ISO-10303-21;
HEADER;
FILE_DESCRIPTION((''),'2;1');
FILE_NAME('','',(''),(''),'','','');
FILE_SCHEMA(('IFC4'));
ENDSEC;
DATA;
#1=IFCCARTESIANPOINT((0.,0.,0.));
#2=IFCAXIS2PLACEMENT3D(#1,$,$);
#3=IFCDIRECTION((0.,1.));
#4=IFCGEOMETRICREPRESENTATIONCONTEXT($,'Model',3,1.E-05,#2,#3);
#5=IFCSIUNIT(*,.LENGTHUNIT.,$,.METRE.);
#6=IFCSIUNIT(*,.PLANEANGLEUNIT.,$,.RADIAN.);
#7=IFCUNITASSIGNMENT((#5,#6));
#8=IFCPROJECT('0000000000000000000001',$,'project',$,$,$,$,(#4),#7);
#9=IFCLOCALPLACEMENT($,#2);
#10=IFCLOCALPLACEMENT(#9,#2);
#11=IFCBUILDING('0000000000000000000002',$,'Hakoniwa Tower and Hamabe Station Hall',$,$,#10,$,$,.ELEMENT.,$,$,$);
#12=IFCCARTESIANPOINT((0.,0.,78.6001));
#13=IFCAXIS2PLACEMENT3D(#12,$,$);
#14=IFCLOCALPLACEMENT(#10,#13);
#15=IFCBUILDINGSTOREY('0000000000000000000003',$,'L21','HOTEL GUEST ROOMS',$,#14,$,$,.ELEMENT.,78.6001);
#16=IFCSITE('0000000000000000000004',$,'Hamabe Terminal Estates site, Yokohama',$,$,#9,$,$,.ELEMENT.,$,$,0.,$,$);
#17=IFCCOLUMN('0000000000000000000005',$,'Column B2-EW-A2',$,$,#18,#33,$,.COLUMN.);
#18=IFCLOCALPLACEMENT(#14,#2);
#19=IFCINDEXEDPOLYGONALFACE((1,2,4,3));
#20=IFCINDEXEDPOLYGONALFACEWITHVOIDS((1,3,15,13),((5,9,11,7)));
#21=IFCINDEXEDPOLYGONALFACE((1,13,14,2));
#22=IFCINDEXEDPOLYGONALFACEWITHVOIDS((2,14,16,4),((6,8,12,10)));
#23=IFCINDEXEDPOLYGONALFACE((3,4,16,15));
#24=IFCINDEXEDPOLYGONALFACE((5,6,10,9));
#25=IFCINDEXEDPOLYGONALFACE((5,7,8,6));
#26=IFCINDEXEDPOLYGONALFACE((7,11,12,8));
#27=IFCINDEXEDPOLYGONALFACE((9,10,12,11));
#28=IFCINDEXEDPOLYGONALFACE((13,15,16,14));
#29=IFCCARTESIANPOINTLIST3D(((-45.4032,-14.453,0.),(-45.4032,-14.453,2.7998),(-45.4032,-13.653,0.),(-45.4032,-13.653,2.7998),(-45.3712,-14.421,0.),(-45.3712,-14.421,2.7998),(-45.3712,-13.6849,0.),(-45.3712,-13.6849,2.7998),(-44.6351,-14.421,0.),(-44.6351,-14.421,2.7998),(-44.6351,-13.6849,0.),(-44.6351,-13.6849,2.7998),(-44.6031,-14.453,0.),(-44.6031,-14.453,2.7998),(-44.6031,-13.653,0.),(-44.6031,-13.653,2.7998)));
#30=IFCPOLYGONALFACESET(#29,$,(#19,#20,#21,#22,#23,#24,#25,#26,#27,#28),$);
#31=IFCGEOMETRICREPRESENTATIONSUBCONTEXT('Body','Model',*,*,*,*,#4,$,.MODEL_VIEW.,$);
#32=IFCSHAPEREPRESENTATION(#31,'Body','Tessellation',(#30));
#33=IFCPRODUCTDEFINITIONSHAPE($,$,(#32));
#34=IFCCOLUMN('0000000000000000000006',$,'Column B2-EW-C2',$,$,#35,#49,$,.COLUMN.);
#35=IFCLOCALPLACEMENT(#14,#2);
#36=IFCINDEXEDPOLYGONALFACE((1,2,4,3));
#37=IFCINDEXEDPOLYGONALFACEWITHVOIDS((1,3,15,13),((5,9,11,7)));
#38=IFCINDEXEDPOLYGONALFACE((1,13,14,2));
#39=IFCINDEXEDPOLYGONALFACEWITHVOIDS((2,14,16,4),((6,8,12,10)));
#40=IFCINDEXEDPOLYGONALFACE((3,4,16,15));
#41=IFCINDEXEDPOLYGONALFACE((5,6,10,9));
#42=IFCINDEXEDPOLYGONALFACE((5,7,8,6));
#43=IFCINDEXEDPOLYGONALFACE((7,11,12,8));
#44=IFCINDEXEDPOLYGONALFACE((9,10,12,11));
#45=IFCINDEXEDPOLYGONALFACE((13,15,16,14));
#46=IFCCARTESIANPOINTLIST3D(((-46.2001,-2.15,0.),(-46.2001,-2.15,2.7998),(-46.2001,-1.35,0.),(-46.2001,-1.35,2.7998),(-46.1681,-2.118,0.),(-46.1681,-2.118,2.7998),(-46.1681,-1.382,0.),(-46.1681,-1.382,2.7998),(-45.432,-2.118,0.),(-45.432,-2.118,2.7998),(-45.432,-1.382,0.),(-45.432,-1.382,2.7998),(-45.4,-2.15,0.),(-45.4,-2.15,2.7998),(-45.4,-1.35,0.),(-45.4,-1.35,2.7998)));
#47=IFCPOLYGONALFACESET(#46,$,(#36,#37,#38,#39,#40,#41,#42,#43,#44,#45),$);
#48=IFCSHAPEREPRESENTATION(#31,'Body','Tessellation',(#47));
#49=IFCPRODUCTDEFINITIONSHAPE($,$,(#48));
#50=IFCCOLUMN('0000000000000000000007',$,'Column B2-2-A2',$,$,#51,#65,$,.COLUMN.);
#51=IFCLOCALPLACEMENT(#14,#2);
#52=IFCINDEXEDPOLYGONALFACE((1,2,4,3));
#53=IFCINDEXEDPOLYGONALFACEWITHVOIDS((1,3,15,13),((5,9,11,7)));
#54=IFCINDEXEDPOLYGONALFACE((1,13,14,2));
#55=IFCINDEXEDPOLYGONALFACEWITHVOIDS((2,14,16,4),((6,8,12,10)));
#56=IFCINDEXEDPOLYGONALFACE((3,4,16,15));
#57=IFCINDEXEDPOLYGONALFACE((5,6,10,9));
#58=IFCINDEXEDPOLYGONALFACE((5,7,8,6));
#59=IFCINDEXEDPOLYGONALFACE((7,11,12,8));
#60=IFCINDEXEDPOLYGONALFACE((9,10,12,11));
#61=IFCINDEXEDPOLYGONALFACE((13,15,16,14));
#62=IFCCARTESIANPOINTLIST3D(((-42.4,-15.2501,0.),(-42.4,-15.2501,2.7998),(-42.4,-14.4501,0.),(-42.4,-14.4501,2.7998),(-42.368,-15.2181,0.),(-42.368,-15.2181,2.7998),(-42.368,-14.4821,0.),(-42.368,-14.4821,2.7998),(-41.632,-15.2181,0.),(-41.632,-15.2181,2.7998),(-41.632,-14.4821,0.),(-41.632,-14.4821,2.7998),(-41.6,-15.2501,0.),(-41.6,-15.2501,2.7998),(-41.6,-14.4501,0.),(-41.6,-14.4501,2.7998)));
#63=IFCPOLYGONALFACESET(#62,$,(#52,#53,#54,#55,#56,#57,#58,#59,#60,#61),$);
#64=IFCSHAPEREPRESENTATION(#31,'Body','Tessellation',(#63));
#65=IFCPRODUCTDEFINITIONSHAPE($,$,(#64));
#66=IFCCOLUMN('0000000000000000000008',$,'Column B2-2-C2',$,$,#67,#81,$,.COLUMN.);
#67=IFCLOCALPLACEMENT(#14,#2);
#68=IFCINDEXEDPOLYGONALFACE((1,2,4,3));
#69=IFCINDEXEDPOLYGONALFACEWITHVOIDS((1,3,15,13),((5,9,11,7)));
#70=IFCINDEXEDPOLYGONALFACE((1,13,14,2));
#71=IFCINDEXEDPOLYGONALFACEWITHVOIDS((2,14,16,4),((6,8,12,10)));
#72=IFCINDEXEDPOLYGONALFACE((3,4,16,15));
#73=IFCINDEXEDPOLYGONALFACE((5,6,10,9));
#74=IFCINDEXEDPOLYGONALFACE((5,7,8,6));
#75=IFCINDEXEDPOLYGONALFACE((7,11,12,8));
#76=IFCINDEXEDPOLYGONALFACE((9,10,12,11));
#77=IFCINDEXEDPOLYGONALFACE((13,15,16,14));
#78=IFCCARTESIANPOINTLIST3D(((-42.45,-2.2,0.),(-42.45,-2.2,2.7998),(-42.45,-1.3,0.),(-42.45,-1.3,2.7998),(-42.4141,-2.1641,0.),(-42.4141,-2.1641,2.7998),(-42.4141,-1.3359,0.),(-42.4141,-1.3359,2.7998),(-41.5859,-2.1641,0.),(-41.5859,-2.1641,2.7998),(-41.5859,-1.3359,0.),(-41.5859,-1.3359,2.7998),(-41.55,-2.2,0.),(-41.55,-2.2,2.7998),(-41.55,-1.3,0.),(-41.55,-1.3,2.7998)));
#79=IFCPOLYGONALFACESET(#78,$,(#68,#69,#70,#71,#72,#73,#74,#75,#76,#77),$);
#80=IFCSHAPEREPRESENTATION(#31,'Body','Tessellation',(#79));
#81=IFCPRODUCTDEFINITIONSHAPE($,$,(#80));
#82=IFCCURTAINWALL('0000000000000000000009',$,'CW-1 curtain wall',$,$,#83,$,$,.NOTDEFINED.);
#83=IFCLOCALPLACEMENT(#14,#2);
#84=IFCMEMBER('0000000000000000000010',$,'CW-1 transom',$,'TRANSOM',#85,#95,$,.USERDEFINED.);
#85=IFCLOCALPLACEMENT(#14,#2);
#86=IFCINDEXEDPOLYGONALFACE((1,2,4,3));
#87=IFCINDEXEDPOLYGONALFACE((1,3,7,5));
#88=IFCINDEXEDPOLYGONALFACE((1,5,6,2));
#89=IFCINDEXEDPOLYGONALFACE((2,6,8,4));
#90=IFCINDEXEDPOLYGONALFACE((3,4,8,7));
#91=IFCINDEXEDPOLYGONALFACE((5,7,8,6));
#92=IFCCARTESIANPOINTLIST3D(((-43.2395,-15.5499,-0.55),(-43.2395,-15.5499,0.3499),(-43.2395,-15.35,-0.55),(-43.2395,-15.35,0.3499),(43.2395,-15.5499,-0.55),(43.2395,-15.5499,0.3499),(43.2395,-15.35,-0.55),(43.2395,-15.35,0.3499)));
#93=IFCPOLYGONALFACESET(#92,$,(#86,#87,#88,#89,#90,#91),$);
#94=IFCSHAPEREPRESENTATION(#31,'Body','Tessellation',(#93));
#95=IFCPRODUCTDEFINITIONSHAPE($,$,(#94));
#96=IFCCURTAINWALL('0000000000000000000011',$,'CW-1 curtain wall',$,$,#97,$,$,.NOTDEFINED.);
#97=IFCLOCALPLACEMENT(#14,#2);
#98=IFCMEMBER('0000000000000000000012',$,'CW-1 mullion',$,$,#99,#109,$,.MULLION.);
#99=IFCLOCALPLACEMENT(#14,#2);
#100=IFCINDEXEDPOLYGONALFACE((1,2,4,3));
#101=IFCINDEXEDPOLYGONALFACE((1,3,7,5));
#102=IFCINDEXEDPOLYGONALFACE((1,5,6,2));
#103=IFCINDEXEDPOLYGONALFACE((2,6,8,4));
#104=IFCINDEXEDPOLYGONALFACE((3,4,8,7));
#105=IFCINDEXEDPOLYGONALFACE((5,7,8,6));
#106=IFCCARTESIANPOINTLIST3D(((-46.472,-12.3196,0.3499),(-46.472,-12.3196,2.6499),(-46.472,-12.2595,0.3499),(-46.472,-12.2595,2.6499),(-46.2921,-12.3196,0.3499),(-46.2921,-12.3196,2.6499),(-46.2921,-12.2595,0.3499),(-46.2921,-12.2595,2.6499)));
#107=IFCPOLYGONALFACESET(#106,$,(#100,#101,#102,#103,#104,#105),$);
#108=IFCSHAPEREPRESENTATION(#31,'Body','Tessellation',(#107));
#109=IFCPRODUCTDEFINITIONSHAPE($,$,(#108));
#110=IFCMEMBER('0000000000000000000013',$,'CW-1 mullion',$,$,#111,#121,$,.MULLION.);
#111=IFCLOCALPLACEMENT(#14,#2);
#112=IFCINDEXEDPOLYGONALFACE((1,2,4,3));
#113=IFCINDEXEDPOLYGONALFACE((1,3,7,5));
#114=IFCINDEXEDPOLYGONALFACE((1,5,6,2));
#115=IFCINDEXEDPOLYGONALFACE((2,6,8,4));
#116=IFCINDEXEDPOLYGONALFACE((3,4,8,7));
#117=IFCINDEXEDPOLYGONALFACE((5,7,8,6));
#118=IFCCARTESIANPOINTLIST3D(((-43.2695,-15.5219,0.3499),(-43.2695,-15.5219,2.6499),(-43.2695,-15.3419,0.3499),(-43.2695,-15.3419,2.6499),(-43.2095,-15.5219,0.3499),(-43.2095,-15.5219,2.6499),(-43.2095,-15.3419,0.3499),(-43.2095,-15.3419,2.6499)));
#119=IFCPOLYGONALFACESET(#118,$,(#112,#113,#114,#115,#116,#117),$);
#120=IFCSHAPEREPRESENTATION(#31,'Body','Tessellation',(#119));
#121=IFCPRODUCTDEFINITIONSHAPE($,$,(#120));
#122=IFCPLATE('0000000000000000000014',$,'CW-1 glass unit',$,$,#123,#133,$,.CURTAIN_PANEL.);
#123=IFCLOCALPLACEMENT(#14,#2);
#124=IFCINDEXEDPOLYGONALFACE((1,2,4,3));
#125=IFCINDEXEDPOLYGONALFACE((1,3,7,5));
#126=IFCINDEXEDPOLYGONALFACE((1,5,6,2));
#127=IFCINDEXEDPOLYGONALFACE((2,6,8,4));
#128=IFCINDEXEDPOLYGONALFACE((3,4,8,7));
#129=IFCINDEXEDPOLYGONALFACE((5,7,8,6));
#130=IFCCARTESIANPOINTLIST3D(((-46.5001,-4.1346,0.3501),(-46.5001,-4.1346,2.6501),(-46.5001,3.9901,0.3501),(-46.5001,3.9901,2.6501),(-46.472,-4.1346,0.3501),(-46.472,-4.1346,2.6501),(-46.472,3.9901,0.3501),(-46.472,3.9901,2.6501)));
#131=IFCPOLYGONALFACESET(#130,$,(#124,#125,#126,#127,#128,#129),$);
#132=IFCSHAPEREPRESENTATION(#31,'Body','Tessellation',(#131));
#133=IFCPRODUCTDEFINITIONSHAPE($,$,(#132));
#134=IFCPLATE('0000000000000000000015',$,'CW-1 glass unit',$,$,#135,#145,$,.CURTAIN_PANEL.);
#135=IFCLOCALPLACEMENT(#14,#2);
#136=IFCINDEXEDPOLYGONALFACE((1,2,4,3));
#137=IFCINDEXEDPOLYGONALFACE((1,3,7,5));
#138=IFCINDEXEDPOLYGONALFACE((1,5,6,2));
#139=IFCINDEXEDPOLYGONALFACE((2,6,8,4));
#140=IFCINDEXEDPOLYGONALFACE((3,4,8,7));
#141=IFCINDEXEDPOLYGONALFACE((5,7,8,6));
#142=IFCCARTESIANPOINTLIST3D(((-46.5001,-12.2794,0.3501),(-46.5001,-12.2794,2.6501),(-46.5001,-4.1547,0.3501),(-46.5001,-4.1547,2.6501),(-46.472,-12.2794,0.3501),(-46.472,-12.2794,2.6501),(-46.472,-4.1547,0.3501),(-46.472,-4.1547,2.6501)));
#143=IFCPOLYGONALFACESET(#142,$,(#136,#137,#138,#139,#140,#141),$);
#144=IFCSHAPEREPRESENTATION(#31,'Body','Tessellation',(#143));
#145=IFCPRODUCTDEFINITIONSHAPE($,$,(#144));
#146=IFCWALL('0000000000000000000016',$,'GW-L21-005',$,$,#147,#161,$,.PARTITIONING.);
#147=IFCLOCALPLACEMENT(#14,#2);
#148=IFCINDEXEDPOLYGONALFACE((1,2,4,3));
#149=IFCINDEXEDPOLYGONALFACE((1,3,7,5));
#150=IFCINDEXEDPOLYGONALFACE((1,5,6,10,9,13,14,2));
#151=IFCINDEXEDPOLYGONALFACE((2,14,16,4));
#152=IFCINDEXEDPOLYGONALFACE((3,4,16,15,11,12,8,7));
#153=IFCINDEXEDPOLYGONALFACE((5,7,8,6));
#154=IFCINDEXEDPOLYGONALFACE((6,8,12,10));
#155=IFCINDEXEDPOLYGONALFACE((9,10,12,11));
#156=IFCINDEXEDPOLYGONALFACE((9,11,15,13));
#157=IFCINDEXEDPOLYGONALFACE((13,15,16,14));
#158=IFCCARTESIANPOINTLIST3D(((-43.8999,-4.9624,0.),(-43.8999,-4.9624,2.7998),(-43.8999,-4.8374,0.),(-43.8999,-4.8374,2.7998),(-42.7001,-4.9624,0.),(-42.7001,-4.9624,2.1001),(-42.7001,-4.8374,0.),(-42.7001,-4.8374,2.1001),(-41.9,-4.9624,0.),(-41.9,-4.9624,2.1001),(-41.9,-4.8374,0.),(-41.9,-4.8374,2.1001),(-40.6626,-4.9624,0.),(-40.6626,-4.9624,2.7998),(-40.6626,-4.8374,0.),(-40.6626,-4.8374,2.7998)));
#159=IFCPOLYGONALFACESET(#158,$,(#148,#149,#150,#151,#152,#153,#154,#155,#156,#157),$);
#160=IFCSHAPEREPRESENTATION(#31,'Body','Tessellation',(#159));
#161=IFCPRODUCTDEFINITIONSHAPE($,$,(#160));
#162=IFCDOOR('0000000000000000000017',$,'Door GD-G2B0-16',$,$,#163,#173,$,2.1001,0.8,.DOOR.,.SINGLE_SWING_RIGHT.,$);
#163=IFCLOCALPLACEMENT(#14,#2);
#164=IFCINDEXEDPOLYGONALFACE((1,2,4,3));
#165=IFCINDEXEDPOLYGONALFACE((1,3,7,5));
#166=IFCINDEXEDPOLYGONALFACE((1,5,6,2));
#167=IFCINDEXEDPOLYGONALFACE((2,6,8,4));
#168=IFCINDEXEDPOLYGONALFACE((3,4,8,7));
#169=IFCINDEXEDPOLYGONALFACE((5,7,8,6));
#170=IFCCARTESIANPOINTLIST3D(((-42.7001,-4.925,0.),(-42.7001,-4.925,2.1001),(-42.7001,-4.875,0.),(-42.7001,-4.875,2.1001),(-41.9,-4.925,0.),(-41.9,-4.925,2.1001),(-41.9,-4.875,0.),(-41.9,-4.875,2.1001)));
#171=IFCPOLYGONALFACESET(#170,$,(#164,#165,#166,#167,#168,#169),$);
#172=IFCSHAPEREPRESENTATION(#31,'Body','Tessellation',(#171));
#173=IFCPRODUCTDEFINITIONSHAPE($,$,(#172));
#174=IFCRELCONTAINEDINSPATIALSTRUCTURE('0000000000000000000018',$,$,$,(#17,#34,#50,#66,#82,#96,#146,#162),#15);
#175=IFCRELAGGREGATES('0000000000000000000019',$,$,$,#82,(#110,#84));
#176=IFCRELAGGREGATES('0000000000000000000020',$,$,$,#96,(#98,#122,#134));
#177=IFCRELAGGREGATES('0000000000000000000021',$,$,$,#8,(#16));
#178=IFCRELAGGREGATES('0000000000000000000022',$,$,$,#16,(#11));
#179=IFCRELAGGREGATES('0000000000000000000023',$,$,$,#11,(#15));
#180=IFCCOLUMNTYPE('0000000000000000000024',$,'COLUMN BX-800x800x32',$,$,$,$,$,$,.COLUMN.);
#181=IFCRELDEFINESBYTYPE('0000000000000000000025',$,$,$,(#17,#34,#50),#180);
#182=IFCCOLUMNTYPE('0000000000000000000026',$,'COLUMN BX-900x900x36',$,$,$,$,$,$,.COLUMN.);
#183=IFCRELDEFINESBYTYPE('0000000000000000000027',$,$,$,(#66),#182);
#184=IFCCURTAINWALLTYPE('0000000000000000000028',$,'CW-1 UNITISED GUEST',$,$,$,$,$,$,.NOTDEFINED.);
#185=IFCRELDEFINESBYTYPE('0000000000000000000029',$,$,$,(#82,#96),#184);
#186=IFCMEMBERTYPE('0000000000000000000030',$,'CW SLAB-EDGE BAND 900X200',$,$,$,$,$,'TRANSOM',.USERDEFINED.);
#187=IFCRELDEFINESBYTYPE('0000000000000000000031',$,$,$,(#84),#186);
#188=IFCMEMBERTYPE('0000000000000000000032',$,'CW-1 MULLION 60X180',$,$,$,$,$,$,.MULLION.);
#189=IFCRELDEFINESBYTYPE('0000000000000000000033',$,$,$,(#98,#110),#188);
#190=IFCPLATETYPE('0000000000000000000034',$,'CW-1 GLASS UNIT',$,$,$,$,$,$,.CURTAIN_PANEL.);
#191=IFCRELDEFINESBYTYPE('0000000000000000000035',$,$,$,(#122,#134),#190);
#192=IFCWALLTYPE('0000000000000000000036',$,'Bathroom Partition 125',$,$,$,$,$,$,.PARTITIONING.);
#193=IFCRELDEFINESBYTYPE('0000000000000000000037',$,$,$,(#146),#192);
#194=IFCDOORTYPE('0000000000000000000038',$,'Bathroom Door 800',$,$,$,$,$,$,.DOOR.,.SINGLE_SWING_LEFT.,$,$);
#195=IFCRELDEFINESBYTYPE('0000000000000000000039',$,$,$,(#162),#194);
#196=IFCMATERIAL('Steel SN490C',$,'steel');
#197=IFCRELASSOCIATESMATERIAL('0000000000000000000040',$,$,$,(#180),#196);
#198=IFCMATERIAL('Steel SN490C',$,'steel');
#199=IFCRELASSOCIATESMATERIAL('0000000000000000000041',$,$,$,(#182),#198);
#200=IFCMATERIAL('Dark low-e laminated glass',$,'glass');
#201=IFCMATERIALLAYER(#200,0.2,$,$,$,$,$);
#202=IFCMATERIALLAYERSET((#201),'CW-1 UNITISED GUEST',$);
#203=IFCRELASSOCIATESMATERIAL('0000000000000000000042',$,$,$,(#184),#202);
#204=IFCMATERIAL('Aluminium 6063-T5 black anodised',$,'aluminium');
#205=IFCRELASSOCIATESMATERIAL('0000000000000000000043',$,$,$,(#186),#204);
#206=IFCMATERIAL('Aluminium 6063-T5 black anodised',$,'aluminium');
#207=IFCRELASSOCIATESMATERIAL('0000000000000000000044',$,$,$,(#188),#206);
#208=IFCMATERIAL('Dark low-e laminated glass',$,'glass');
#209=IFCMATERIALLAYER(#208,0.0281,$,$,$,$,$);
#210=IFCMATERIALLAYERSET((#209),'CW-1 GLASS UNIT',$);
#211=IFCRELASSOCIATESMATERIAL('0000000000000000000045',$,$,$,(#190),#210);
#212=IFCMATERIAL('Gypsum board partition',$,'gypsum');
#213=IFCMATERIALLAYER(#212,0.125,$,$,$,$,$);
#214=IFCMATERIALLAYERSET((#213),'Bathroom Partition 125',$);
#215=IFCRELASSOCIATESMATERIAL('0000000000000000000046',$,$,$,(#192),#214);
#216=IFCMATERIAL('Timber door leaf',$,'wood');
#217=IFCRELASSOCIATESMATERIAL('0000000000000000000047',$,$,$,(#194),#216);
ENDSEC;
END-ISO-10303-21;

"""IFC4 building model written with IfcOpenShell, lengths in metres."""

from ifc_helpers import new_model, si_unit, direction, frame, frame_2d, origin, origin_2d, place, context, subcontext, project, spatial, rectangle, hollow_rectangle, extrude, material, layer, layer_set, material_profile, profile_set, type_object, element, fill, aggregate, save


model = new_model("IFC4")

# Units and contexts
model_context = context("Model", 3, precision=1e-05, world=origin(), true_north=direction((0.0, 1.0)))
body_context = subcontext(model_context, "Body", "Model", "MODEL_VIEW")
ifc_project = project(units=[si_unit("LENGTHUNIT", "METRE"), si_unit("PLANEANGLEUNIT", "RADIAN")], contexts=[model_context])

# Site, building, storey
site_placement = place(None, origin())
site = spatial("IfcSite", under=ifc_project, at=site_placement, Name="Hamabe Terminal Estates site, Yokohama", CompositionType="ELEMENT", RefElevation=0.0)
building_placement = place(site_placement, origin())
building = spatial("IfcBuilding", under=site, at=building_placement, Name="Hakoniwa Tower and Hamabe Station Hall", CompositionType="ELEMENT")
storey_placement = place(building_placement, frame((0.0, 0.0, 78.6001)))
storey = spatial("IfcBuildingStorey", under=building, at=storey_placement, Name="L21", Description="HOTEL GUEST ROOMS", CompositionType="ELEMENT", Elevation=78.6001)

# Columns
ifc_material_1 = material(Name="Steel SN490C", Category="steel")
ifc_material_profile_1 = material_profile(ifc_material_1, hollow_rectangle(XDim=0.8, YDim=0.8, WallThickness=0.032, at=origin_2d()), Name="BX-800x800x32")
ifc_profile_set_1 = profile_set([ifc_material_profile_1], Name="Steel SN490C")
column_type_1 = type_object("IfcColumnType", Name="COLUMN BX-800x800x32", PredefinedType="COLUMN", material=ifc_profile_set_1)
for number, where, z_axis, x_axis, name in (
    (1, (-45.0032, -14.053, 0.0), (0.0, 0.0, 1.0), (1.0, 0.0, 0.0), "Column B2-EW-A2"),
    (2, (-45.8, -1.75, 0.0), (0.0, 0.0, 1.0), (1.0, 0.0, 0.0), "Column B2-EW-C2"),
    (3, (-42.0, -14.8501, 0.0), (0.0, 0.0, 1.0), (1.0, 0.0, 0.0), "Column B2-2-A2"),
):
    element("IfcColumn", number, at=place(storey_placement, frame(where, z_axis=z_axis, x_axis=x_axis)), inside=storey, type_object=column_type_1, Name=name, PredefinedType="COLUMN", context=body_context, shape_type="SweptSolid", body=[
        extrude(hollow_rectangle(XDim=0.8, YDim=0.8, WallThickness=0.032, at=origin_2d()), origin(), (0.0, 0.0, 1.0), 2.7998),
    ])
ifc_material_2 = material(Name="Steel SN490C", Category="steel")
ifc_material_profile_2 = material_profile(ifc_material_2, hollow_rectangle(XDim=0.8999, YDim=0.8999, WallThickness=0.0359, at=origin_2d()), Name="BX-900x900x36")
ifc_profile_set_2 = profile_set([ifc_material_profile_2], Name="Steel SN490C")
column_type_2 = type_object("IfcColumnType", Name="COLUMN BX-900x900x36", PredefinedType="COLUMN", material=ifc_profile_set_2)
column_placement = place(storey_placement, frame((-42.0, -1.75, 0.0), z_axis=(0.0, 0.0, 1.0), x_axis=(1.0, 0.0, 0.0)))
element("IfcColumn", 4, at=column_placement, inside=storey, type_object=column_type_2, Name="Column B2-2-C2", PredefinedType="COLUMN", context=body_context, shape_type="SweptSolid", body=[
    extrude(hollow_rectangle(XDim=0.8999, YDim=0.8999, WallThickness=0.0359, at=origin_2d()), origin(), (0.0, 0.0, 1.0), 2.7998),
])

# Curtain walls, members
ifc_material_3 = material(Name="Dark low-e laminated glass", Category="glass")
ifc_layer_1 = layer(ifc_material_3, 0.2)
ifc_layer_set_1 = layer_set([ifc_layer_1], Name="CW-1 UNITISED GUEST")
curtain_wall_type = type_object("IfcCurtainWallType", Name="CW-1 UNITISED GUEST", PredefinedType="NOTDEFINED", material=ifc_layer_set_1)
curtain_wall_1_placement = place(storey_placement, origin())
curtain_wall_1 = element("IfcCurtainWall", 5, at=curtain_wall_1_placement, inside=storey, type_object=curtain_wall_type, Name="CW-1 curtain wall", PredefinedType="NOTDEFINED")
ifc_material_4 = material(Name="Aluminium 6063-T5 black anodised", Category="aluminium")
ifc_material_profile_3 = material_profile(ifc_material_4, rectangle(XDim=0.2, YDim=0.8999, at=origin_2d()), Name="CW SLAB-EDGE BAND 900X200")
ifc_profile_set_3 = profile_set([ifc_material_profile_3], Name="Aluminium 6063-T5 black anodised")
member_type_1 = type_object("IfcMemberType", Name="CW SLAB-EDGE BAND 900X200", ElementType="TRANSOM", PredefinedType="USERDEFINED", material=ifc_profile_set_3)
member_1_placement = place(storey_placement, frame((-43.2395, -15.45, -0.1001), z_axis=(1.0, 0.0, 0.0), x_axis=(0.0, 1.0, 0.0)))
member_1 = element("IfcMember", 6, at=member_1_placement, type_object=member_type_1, Name="CW-1 transom", ObjectType="TRANSOM", PredefinedType="USERDEFINED", context=body_context, shape_type="SweptSolid", body=[
    extrude(rectangle(XDim=0.2, YDim=0.8999, at=origin_2d()), origin(), (0.0, 0.0, 1.0), 86.479),
])
curtain_wall_2_placement = place(storey_placement, origin())
curtain_wall_2 = element("IfcCurtainWall", 7, at=curtain_wall_2_placement, inside=storey, type_object=curtain_wall_type, Name="CW-1 curtain wall", PredefinedType="NOTDEFINED")
ifc_material_5 = material(Name="Aluminium 6063-T5 black anodised", Category="aluminium")
ifc_material_profile_4 = material_profile(ifc_material_5, rectangle(XDim=0.0601, YDim=0.1799, at=origin_2d()), Name="CW-1 MULLION 60X180")
ifc_profile_set_4 = profile_set([ifc_material_profile_4], Name="Aluminium 6063-T5 black anodised")
member_type_2 = type_object("IfcMemberType", Name="CW-1 MULLION 60X180", PredefinedType="MULLION", material=ifc_profile_set_4)
member_2_placement = place(storey_placement, frame((-46.3821, -12.2896, 0.3499), z_axis=(0.0, 0.0, 1.0), x_axis=(0.0, -1.0, 0.0)))
member_2 = element("IfcMember", 8, at=member_2_placement, type_object=member_type_2, Name="CW-1 mullion", PredefinedType="MULLION", context=body_context, shape_type="SweptSolid", body=[
    extrude(rectangle(XDim=0.0601, YDim=0.1799, at=origin_2d()), origin(), (0.0, 0.0, 1.0), 2.3),
])

# Member
member_3_placement = place(storey_placement, frame((-43.2395, -15.4319, 0.3499), z_axis=(0.0, 0.0, 1.0), x_axis=(1.0, 0.0, 0.0)))
member_3 = element("IfcMember", 9, at=member_3_placement, type_object=member_type_2, Name="CW-1 mullion", PredefinedType="MULLION", context=body_context, shape_type="SweptSolid", body=[
    extrude(rectangle(XDim=0.0601, YDim=0.1799, at=origin_2d()), origin(), (0.0, 0.0, 1.0), 2.3),
])
aggregate(curtain_wall_1, [member_3, member_1])

# Plates
ifc_material_6 = material(Name="Dark low-e laminated glass", Category="glass")
ifc_layer_2 = layer(ifc_material_6, 0.0281)
ifc_layer_set_2 = layer_set([ifc_layer_2], Name="CW-1 GLASS UNIT")
plate_type = type_object("IfcPlateType", Name="CW-1 GLASS UNIT", PredefinedType="CURTAIN_PANEL", material=ifc_layer_set_2)
plate_1_placement = place(storey_placement, frame((-46.4861, -0.0723, 0.3501), z_axis=(0.0, 0.0, 1.0), x_axis=(0.0, -1.0, 0.0)))
plate_1 = element("IfcPlate", 10, at=plate_1_placement, type_object=plate_type, Name="CW-1 glass unit", PredefinedType="CURTAIN_PANEL", context=body_context, shape_type="SweptSolid", body=[
    extrude(rectangle(XDim=8.1248, YDim=0.0281, at=origin_2d()), origin(), (0.0, 0.0, 1.0), 2.3),
])
plate_2_placement = place(storey_placement, frame((-46.4861, -8.217, 0.3501), z_axis=(0.0, 0.0, 1.0), x_axis=(0.0, -1.0, 0.0)))
plate_2 = element("IfcPlate", 11, at=plate_2_placement, type_object=plate_type, Name="CW-1 glass unit", PredefinedType="CURTAIN_PANEL", context=body_context, shape_type="SweptSolid", body=[
    extrude(rectangle(XDim=8.1248, YDim=0.0281, at=origin_2d()), origin(), (0.0, 0.0, 1.0), 2.3),
])
aggregate(curtain_wall_2, [member_2, plate_1, plate_2])

# Wall, opening, door
ifc_material_7 = material(Name="Gypsum board partition", Category="gypsum")
ifc_layer_3 = layer(ifc_material_7, 0.125)
ifc_layer_set_3 = layer_set([ifc_layer_3], Name="Bathroom Partition 125")
wall_type_1 = type_object("IfcWallType", Name="Bathroom Partition 125", PredefinedType="PARTITIONING", material=ifc_layer_set_3)
wall_1_placement = place(storey_placement, frame((-43.8999, -4.8999, 0.0), z_axis=(0.0, 0.0, 1.0), x_axis=(1.0, 0.0, 0.0)))
wall_1 = element("IfcWall", 12, at=wall_1_placement, inside=storey, type_object=wall_type_1, Name="GW-L21-005", PredefinedType="PARTITIONING", context=body_context, shape_type="SweptSolid", body=[
    extrude(rectangle(XDim=3.2373, YDim=0.125, at=frame_2d((1.6187, 0.0))), origin(), (0.0, 0.0, 1.0), 2.7998),
])
opening_1_placement = place(wall_1_placement, frame((1.2, 0.0, 0.0)))
opening_1 = element("IfcOpeningElement", 13, at=opening_1_placement, cuts=wall_1, PredefinedType="OPENING", context=body_context, shape_type="SweptSolid", body=[
    extrude(rectangle(XDim=0.8, YDim=2.1001, at=frame_2d((0.3999, 1.05))), frame((0.0, 0.0725, 0.0), z_axis=(0.0, -1.0, 0.0), x_axis=(1.0, 0.0, 0.0)), (0.0, 0.0, 1.0), 0.145),
])
ifc_material_8 = material(Name="Timber door leaf", Category="wood")
door_type_1 = type_object("IfcDoorType", Name="Bathroom Door 800", OperationType="SINGLE_SWING_LEFT", PredefinedType="DOOR", material=ifc_material_8)
door_1_placement = place(opening_1_placement, origin())
door_1 = element("IfcDoor", 14, at=door_1_placement, inside=storey, type_object=door_type_1, Name="Door GD-G2B0-16", OperationType="SINGLE_SWING_RIGHT", OverallHeight=2.1001, OverallWidth=0.8, PredefinedType="DOOR", context=body_context, shape_type="SweptSolid", body=[
    extrude(rectangle(XDim=0.8, YDim=2.1001, at=frame_2d((0.3999, 1.05))), frame((0.0, 0.0249, 0.0), z_axis=(0.0, -1.0, 0.0), x_axis=(1.0, 0.0, 0.0)), (0.0, 0.0, 1.0), 0.05),
])
fill(opening_1, door_1)

save(model, "model.ifc")
